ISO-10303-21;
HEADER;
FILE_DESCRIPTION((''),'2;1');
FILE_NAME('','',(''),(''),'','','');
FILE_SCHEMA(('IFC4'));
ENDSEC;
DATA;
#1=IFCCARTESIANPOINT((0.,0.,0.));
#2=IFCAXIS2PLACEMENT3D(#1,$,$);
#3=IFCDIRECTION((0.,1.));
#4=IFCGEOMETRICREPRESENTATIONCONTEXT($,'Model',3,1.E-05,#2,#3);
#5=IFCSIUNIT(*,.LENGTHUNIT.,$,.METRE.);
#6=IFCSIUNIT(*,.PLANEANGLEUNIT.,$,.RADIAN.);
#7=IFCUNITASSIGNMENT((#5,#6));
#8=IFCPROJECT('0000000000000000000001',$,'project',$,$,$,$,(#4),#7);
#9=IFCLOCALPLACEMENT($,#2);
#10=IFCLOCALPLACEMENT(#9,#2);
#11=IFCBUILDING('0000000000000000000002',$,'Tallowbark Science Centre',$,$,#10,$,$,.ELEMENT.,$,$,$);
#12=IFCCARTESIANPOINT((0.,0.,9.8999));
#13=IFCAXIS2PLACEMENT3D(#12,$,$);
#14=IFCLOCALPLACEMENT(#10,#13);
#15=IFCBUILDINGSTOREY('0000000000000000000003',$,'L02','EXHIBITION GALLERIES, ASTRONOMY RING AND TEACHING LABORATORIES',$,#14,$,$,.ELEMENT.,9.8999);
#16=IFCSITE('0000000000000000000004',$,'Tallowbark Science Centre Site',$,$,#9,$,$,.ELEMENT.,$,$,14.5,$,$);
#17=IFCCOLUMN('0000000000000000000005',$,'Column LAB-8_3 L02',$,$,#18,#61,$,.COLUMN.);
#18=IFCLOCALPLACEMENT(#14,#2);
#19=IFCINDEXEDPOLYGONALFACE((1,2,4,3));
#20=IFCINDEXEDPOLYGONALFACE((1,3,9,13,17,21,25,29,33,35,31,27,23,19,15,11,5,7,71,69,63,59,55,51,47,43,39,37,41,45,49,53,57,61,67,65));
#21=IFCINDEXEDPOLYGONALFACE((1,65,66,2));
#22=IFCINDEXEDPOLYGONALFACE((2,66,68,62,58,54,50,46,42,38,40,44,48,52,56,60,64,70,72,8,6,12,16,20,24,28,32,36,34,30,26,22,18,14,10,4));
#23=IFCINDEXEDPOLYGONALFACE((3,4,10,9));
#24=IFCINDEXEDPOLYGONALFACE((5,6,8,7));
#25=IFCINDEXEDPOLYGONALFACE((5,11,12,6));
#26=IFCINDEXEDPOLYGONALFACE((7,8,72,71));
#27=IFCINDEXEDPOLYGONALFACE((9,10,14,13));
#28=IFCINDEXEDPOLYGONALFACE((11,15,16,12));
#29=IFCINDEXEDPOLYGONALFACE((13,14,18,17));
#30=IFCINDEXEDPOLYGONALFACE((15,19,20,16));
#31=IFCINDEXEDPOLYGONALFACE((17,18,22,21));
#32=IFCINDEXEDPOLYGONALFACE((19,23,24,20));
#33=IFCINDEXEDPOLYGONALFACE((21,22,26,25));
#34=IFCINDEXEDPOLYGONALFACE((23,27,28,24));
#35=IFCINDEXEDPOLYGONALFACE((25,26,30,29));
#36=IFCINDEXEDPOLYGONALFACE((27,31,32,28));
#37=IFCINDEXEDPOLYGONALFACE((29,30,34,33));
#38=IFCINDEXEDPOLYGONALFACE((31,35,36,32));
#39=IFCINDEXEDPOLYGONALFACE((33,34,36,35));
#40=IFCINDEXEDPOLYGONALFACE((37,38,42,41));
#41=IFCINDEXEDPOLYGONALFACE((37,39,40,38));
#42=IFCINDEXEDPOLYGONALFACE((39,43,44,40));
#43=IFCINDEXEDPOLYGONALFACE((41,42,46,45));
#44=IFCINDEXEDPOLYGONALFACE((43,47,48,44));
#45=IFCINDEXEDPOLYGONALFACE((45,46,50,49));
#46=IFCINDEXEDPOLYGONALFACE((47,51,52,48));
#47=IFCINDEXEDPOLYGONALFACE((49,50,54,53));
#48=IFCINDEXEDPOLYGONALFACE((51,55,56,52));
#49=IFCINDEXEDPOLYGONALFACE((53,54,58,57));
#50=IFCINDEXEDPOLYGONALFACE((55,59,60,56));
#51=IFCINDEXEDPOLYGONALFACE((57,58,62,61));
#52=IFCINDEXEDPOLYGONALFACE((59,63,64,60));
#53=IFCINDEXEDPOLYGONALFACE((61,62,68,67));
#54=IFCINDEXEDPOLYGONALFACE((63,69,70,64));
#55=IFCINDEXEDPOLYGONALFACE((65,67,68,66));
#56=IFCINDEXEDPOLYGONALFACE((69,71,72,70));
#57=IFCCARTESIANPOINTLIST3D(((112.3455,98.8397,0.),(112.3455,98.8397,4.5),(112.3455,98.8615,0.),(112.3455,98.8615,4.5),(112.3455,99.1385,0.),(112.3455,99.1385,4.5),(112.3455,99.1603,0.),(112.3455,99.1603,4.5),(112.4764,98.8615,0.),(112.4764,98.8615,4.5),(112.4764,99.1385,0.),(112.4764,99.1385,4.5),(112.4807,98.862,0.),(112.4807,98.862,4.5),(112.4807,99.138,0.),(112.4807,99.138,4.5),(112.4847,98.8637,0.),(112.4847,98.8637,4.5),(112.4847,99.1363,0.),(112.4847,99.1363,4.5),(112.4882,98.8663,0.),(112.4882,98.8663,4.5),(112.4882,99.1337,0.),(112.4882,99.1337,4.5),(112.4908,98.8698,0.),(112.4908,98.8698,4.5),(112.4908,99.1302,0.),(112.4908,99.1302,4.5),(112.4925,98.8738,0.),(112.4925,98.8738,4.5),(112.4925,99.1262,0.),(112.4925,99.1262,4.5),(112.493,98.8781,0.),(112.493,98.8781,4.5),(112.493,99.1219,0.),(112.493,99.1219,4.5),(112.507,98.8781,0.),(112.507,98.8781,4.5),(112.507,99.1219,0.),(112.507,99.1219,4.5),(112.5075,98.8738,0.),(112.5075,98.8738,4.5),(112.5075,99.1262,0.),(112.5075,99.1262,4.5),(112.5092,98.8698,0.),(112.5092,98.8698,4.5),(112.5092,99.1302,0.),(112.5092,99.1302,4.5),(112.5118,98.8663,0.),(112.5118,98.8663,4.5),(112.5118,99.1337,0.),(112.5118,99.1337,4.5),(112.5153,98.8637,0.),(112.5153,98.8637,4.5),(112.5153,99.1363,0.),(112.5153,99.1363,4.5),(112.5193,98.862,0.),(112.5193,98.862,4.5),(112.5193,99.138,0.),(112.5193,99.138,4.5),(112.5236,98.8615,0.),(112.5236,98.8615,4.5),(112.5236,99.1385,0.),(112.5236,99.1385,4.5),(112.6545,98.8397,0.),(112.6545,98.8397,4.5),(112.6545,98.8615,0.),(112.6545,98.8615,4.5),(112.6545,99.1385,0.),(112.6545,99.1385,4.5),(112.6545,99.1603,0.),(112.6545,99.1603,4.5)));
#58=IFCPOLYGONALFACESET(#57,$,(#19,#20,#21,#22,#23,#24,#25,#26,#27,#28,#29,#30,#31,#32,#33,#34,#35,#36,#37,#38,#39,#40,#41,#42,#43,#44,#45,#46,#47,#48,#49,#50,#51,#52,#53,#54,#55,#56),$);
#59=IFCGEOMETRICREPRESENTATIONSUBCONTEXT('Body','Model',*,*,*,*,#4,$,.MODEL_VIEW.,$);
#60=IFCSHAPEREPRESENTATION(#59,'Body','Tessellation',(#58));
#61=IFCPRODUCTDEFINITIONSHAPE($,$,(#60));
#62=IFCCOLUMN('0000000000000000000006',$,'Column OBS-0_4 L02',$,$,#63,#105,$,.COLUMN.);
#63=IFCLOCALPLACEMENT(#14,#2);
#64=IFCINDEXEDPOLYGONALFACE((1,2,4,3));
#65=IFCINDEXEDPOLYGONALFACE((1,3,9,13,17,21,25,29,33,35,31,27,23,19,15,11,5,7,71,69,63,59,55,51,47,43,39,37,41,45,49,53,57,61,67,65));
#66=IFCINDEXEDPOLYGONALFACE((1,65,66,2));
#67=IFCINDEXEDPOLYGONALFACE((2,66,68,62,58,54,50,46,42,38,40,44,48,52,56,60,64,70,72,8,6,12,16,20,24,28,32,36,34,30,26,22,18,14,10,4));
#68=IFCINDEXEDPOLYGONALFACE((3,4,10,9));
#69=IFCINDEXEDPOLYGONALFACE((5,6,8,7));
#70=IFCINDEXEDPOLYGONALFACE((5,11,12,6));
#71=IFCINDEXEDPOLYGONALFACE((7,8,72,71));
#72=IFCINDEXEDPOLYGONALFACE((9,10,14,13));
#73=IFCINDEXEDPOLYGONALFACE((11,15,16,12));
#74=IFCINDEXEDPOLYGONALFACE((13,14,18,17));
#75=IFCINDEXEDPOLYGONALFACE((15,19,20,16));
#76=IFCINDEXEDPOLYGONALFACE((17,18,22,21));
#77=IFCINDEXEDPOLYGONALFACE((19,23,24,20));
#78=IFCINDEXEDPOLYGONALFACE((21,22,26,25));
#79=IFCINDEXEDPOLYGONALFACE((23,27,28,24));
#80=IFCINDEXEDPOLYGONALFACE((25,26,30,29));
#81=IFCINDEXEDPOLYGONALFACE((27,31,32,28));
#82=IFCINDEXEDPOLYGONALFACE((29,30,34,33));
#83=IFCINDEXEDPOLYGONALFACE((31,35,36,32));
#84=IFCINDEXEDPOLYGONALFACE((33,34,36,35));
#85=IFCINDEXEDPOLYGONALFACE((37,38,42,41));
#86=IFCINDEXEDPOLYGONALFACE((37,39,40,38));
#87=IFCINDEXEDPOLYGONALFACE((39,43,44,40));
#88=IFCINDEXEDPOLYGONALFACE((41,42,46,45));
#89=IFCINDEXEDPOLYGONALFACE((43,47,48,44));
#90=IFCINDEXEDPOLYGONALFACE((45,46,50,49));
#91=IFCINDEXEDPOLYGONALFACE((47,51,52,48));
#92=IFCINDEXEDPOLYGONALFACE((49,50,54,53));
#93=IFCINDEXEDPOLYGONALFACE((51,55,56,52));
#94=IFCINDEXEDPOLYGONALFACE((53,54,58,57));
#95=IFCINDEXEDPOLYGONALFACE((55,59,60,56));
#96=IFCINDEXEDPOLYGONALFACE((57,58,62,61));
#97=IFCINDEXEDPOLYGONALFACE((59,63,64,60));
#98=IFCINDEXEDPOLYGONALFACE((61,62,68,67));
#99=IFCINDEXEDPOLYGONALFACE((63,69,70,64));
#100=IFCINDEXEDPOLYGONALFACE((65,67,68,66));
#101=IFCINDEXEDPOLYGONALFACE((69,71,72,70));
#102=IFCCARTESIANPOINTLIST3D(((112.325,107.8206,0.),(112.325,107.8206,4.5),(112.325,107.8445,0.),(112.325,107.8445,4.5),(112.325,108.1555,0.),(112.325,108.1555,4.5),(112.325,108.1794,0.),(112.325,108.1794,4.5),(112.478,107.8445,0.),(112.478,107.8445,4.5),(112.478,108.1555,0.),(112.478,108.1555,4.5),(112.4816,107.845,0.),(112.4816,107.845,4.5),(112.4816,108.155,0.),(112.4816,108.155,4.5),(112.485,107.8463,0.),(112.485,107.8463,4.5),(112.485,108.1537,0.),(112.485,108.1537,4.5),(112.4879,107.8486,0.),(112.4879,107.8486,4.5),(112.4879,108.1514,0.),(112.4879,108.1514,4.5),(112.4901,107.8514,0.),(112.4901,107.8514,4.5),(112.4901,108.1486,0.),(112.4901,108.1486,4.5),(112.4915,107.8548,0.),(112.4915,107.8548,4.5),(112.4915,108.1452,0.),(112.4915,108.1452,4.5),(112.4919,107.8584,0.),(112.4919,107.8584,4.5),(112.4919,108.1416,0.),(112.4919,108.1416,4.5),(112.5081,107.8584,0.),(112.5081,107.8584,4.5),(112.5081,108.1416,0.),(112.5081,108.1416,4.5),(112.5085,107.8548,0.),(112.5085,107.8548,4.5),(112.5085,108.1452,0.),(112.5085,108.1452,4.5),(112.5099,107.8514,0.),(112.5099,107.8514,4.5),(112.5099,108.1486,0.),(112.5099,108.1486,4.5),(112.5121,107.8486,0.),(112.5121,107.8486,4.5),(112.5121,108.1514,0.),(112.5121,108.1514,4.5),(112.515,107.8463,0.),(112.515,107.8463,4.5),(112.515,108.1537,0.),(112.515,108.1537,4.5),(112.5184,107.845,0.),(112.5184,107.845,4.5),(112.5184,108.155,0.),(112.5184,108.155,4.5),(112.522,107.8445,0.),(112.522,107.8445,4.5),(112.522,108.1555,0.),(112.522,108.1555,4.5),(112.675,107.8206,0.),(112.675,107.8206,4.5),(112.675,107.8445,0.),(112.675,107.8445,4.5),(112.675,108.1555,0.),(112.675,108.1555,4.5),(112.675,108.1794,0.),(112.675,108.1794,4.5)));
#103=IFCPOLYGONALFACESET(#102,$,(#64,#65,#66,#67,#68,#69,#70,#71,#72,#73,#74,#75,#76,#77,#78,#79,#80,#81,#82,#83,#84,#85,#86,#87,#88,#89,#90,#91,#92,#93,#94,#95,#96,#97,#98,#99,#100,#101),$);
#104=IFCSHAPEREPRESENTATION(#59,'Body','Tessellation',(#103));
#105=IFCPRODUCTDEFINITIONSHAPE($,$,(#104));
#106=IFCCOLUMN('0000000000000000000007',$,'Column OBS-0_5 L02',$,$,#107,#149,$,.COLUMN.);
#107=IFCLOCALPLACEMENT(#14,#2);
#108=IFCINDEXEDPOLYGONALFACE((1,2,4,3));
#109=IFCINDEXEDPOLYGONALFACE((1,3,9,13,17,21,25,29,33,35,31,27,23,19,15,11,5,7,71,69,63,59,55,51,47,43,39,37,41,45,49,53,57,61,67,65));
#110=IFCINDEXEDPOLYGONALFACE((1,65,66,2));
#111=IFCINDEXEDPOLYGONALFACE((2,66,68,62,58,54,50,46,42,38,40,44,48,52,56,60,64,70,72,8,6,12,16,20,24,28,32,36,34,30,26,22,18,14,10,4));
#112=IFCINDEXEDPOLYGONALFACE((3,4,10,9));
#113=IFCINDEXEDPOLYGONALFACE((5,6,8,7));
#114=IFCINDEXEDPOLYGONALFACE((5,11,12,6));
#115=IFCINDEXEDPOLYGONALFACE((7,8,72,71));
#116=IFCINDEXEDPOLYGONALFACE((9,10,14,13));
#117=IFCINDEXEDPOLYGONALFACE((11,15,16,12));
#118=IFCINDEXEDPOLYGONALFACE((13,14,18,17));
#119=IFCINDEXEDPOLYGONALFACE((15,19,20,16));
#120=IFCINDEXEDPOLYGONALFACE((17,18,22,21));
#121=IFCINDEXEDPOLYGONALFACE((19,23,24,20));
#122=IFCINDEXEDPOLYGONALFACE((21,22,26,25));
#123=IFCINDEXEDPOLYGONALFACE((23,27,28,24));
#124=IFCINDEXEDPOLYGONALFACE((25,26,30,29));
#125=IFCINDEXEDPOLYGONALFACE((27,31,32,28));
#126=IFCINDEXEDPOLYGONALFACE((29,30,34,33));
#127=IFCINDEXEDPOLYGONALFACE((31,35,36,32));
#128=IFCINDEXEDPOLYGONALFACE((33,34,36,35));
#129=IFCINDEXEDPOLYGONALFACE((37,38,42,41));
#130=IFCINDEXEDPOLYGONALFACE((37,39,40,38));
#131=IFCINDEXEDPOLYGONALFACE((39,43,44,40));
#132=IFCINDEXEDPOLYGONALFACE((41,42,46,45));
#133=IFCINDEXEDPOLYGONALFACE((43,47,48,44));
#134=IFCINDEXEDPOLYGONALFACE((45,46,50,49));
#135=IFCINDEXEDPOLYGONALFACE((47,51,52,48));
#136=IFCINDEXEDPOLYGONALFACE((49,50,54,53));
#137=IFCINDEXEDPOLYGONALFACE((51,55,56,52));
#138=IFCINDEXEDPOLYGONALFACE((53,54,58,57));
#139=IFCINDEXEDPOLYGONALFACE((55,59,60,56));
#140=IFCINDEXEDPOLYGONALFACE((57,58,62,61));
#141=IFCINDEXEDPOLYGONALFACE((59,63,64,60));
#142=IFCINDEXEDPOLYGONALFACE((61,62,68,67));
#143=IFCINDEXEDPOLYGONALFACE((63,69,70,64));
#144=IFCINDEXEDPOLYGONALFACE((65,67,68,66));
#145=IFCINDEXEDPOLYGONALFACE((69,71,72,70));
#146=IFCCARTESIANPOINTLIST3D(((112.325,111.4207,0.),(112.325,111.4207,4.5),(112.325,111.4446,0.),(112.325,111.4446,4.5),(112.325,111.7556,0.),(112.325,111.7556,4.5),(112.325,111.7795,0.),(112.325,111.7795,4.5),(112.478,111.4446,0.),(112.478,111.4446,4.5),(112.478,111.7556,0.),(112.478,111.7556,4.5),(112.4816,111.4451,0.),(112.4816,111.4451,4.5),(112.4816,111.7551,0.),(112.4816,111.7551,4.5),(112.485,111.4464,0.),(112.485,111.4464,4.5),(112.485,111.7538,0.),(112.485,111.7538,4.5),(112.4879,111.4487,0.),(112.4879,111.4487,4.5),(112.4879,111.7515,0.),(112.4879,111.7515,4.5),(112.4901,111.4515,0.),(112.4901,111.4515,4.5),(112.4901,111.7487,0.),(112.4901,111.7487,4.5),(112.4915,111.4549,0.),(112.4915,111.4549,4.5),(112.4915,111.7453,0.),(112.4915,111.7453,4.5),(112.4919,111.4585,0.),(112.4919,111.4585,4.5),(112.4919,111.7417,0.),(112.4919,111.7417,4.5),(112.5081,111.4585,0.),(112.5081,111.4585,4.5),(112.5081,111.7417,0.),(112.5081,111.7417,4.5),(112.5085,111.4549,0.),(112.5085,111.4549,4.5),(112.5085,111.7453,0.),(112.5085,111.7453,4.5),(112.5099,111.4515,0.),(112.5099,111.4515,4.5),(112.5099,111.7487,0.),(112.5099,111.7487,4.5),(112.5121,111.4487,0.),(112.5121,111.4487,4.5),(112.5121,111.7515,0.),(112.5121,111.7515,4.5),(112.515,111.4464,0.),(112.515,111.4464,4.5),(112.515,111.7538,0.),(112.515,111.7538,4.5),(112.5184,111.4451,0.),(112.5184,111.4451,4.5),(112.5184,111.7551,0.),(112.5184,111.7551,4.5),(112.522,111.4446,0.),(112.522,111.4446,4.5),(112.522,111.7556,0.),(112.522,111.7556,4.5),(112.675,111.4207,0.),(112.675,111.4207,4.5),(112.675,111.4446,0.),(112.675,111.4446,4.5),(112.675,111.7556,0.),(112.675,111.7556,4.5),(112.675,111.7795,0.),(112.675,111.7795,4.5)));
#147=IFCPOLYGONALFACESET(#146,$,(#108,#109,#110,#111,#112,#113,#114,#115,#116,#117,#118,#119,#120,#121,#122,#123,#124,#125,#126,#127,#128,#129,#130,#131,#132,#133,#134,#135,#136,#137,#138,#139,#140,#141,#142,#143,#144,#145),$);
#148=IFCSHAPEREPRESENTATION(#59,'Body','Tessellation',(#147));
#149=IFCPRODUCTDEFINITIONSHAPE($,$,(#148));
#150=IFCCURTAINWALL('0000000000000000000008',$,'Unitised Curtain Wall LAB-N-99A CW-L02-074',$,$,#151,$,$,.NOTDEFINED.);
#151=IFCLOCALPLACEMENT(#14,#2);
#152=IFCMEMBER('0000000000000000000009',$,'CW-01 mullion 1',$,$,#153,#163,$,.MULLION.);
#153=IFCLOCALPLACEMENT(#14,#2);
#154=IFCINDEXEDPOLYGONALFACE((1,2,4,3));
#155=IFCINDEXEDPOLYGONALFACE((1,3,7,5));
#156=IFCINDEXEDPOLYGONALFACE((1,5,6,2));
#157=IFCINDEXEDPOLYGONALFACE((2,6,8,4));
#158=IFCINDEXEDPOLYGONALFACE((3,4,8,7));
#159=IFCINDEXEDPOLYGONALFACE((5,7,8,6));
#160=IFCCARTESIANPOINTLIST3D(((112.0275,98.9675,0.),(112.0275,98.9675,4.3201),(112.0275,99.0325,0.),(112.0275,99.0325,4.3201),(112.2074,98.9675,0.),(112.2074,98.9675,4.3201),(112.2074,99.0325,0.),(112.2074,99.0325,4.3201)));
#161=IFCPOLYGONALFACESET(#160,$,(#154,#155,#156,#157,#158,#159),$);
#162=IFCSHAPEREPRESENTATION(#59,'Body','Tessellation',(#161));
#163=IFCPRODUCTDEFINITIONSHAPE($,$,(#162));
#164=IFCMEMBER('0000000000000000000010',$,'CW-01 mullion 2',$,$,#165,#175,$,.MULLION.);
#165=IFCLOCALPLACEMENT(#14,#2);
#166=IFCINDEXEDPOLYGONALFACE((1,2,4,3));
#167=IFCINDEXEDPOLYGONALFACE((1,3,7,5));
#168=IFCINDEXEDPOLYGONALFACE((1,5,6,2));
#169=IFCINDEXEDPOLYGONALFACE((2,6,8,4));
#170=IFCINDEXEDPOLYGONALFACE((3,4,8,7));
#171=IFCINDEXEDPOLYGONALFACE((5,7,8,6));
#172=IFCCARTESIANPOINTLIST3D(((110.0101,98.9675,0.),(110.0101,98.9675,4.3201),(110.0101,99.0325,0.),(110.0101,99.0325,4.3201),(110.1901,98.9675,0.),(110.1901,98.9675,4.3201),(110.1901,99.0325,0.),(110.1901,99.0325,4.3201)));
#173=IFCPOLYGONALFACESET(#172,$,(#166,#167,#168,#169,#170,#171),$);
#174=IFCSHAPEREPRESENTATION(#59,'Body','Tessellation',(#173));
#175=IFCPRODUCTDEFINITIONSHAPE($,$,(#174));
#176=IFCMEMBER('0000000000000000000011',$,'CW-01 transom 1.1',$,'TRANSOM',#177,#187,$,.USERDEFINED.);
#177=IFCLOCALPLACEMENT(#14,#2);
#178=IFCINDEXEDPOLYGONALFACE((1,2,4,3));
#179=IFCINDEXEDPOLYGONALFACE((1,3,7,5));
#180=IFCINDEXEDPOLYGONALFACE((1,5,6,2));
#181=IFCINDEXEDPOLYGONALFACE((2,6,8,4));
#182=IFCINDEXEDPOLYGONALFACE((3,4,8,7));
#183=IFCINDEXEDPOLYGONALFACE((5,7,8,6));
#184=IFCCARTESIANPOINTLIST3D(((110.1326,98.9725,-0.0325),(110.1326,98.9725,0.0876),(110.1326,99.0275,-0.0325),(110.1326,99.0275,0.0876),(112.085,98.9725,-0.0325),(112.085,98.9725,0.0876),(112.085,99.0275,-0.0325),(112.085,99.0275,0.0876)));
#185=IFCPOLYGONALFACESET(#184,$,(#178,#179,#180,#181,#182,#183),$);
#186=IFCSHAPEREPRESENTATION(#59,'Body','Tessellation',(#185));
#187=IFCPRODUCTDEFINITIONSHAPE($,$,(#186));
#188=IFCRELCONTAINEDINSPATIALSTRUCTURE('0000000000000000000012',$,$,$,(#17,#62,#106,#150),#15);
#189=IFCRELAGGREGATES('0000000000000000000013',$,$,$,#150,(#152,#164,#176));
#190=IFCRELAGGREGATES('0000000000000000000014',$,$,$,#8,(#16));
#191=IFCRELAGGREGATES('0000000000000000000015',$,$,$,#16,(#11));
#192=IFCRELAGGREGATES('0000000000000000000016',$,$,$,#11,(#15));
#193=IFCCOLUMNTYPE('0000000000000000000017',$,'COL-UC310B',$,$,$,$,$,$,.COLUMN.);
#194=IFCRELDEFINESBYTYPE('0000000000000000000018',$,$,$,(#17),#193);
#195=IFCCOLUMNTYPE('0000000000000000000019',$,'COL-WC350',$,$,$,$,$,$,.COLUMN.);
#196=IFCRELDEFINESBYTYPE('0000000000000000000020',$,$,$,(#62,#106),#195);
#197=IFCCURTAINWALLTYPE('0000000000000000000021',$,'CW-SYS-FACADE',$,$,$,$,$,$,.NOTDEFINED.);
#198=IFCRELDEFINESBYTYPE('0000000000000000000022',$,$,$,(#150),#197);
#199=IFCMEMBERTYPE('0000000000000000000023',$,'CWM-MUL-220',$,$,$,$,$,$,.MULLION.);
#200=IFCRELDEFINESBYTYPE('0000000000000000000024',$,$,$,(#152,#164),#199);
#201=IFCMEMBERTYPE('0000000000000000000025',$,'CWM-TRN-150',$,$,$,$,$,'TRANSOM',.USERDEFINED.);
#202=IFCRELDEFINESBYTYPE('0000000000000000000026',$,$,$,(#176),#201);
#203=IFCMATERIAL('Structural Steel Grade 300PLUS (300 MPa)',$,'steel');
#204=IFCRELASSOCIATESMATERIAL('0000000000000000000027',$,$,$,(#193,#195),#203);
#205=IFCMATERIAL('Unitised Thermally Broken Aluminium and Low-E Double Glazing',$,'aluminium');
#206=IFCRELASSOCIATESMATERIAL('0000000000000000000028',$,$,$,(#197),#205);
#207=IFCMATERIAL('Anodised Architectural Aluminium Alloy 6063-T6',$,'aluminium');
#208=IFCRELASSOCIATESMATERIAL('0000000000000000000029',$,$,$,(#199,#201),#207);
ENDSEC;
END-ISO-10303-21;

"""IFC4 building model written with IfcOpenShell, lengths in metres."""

from ifc_helpers import new_model, si_unit, direction, frame, origin, origin_2d, place, context, subcontext, project, spatial, rectangle, i_section, extrude, material, material_profile, profile_set, type_object, element, aggregate, save


model = new_model("IFC4")

# Units and contexts
model_context = context("Model", 3, precision=1e-05, world=origin(), true_north=direction((0.0, 1.0)))
body_context = subcontext(model_context, "Body", "Model", "MODEL_VIEW")
ifc_project = project(units=[si_unit("LENGTHUNIT", "METRE"), si_unit("PLANEANGLEUNIT", "RADIAN")], contexts=[model_context])

# Site, building, storey
site_placement = place(None, origin())
site = spatial("IfcSite", under=ifc_project, at=site_placement, Name="Tallowbark Science Centre Site", CompositionType="ELEMENT", RefElevation=14.5)
building_placement = place(site_placement, origin())
building = spatial("IfcBuilding", under=site, at=building_placement, Name="Tallowbark Science Centre", CompositionType="ELEMENT")
storey_placement = place(building_placement, frame((0.0, 0.0, 9.8999)))
storey = spatial("IfcBuildingStorey", under=building, at=storey_placement, Name="L02", Description="EXHIBITION GALLERIES, ASTRONOMY RING AND TEACHING LABORATORIES", CompositionType="ELEMENT", Elevation=9.8999)

# Columns
ifc_material_1 = material(Name="Structural Steel Grade 300PLUS (300 MPa)", Category="steel")
ifc_material_profile_1 = material_profile(ifc_material_1, i_section(OverallWidth=0.3091, OverallDepth=0.3206, WebThickness=0.0139, FlangeThickness=0.0217, FilletRadius=0.0166, at=origin_2d()), Name="310UC137")
ifc_profile_set_1 = profile_set([ifc_material_profile_1], Name="Structural Steel Grade 300PLUS (300 MPa)")
column_type_1 = type_object("IfcColumnType", Name="COL-UC310B", PredefinedType="COLUMN", material=ifc_profile_set_1)
column_placement = place(storey_placement, frame((112.5, 99.0, 0.0), z_axis=(0.0, 0.0, 1.0), x_axis=(1.0, 0.0, 0.0)))
element("IfcColumn", 1, at=column_placement, inside=storey, type_object=column_type_1, Name="Column LAB-8_3 L02", PredefinedType="COLUMN", context=body_context, shape_type="SweptSolid", body=[
    extrude(i_section(OverallWidth=0.3091, OverallDepth=0.3206, WebThickness=0.0139, FlangeThickness=0.0217, FilletRadius=0.0166, at=origin_2d()), origin(), (0.0, 0.0, 1.0), 4.5),
])
ifc_material_profile_2 = material_profile(ifc_material_1, i_section(OverallWidth=0.3501, OverallDepth=0.3589, WebThickness=0.0161, FlangeThickness=0.0239, FilletRadius=0.0139, at=origin_2d()), Name="350WC197")
ifc_profile_set_2 = profile_set([ifc_material_profile_2], Name="Structural Steel Grade 300PLUS (300 MPa)")
column_type_2 = type_object("IfcColumnType", Name="COL-WC350", PredefinedType="COLUMN", material=ifc_profile_set_2)
for number, where, z_axis, x_axis, name in (
    (2, (112.5, 108.0, 0.0), (0.0, 0.0, 1.0), (1.0, 0.0, 0.0), "Column OBS-0_4 L02"),
    (3, (112.5, 111.6001, 0.0), (0.0, 0.0, 1.0), (1.0, 0.0, 0.0), "Column OBS-0_5 L02"),
):
    element("IfcColumn", number, at=place(storey_placement, frame(where, z_axis=z_axis, x_axis=x_axis)), inside=storey, type_object=column_type_2, Name=name, PredefinedType="COLUMN", context=body_context, shape_type="SweptSolid", body=[
        extrude(i_section(OverallWidth=0.3501, OverallDepth=0.3589, WebThickness=0.0161, FlangeThickness=0.0239, FilletRadius=0.0139, at=origin_2d()), origin(), (0.0, 0.0, 1.0), 4.5),
    ])

# Curtain wall, members
ifc_material_2 = material(Name="Unitised Thermally Broken Aluminium and Low-E Double Glazing", Category="aluminium")
curtain_wall_type = type_object("IfcCurtainWallType", Name="CW-SYS-FACADE", PredefinedType="NOTDEFINED", material=ifc_material_2)
curtain_wall_placement = place(storey_placement, origin())
curtain_wall = element("IfcCurtainWall", 4, at=curtain_wall_placement, inside=storey, type_object=curtain_wall_type, Name="Unitised Curtain Wall LAB-N-99A CW-L02-074", PredefinedType="NOTDEFINED")
ifc_material_3 = material(Name="Anodised Architectural Aluminium Alloy 6063-T6", Category="aluminium")
ifc_material_profile_3 = material_profile(ifc_material_3, rectangle(XDim=0.0649, YDim=0.1799, at=origin_2d()), Name="ALU65x180")
ifc_profile_set_3 = profile_set([ifc_material_profile_3], Name="Anodised Architectural Aluminium Alloy 6063-T6")
member_type_1 = type_object("IfcMemberType", Name="CWM-MUL-220", PredefinedType="MULLION", material=ifc_profile_set_3)
member_1_placement = place(storey_placement, frame((112.1174, 99.0, 0.0), z_axis=(0.0, 0.0, 1.0), x_axis=(0.0, -1.0, 0.0)))
member_1 = element("IfcMember", 5, at=member_1_placement, type_object=member_type_1, Name="CW-01 mullion 1", PredefinedType="MULLION", context=body_context, shape_type="SweptSolid", body=[
    extrude(rectangle(XDim=0.0649, YDim=0.1799, at=origin_2d()), origin(), (0.0, 0.0, 1.0), 4.3201),
])
member_2_placement = place(storey_placement, frame((110.1001, 99.0, 0.0), z_axis=(0.0, 0.0, 1.0), x_axis=(0.0, -1.0, 0.0)))
member_2 = element("IfcMember", 6, at=member_2_placement, type_object=member_type_1, Name="CW-01 mullion 2", PredefinedType="MULLION", context=body_context, shape_type="SweptSolid", body=[
    extrude(rectangle(XDim=0.0649, YDim=0.1799, at=origin_2d()), origin(), (0.0, 0.0, 1.0), 4.3201),
])
ifc_material_profile_4 = material_profile(ifc_material_3, rectangle(XDim=0.0549, YDim=0.1201, at=origin_2d()), Name="ALU55x120")
ifc_profile_set_4 = profile_set([ifc_material_profile_4], Name="Anodised Architectural Aluminium Alloy 6063-T6")
member_type_2 = type_object("IfcMemberType", Name="CWM-TRN-150", ElementType="TRANSOM", PredefinedType="USERDEFINED", material=ifc_profile_set_4)
member_3_placement = place(storey_placement, frame((112.085, 99.0, 0.0276), z_axis=(-1.0, 0.0, 0.0), x_axis=(0.0, -1.0, 0.0)))
member_3 = element("IfcMember", 7, at=member_3_placement, type_object=member_type_2, Name="CW-01 transom 1.1", ObjectType="TRANSOM", PredefinedType="USERDEFINED", context=body_context, shape_type="SweptSolid", body=[
    extrude(rectangle(XDim=0.0549, YDim=0.1201, at=origin_2d()), origin(), (0.0, 0.0, 1.0), 1.9524),
])

aggregate(curtain_wall, [member_1, member_2, member_3])

save(model, "model.ifc")
